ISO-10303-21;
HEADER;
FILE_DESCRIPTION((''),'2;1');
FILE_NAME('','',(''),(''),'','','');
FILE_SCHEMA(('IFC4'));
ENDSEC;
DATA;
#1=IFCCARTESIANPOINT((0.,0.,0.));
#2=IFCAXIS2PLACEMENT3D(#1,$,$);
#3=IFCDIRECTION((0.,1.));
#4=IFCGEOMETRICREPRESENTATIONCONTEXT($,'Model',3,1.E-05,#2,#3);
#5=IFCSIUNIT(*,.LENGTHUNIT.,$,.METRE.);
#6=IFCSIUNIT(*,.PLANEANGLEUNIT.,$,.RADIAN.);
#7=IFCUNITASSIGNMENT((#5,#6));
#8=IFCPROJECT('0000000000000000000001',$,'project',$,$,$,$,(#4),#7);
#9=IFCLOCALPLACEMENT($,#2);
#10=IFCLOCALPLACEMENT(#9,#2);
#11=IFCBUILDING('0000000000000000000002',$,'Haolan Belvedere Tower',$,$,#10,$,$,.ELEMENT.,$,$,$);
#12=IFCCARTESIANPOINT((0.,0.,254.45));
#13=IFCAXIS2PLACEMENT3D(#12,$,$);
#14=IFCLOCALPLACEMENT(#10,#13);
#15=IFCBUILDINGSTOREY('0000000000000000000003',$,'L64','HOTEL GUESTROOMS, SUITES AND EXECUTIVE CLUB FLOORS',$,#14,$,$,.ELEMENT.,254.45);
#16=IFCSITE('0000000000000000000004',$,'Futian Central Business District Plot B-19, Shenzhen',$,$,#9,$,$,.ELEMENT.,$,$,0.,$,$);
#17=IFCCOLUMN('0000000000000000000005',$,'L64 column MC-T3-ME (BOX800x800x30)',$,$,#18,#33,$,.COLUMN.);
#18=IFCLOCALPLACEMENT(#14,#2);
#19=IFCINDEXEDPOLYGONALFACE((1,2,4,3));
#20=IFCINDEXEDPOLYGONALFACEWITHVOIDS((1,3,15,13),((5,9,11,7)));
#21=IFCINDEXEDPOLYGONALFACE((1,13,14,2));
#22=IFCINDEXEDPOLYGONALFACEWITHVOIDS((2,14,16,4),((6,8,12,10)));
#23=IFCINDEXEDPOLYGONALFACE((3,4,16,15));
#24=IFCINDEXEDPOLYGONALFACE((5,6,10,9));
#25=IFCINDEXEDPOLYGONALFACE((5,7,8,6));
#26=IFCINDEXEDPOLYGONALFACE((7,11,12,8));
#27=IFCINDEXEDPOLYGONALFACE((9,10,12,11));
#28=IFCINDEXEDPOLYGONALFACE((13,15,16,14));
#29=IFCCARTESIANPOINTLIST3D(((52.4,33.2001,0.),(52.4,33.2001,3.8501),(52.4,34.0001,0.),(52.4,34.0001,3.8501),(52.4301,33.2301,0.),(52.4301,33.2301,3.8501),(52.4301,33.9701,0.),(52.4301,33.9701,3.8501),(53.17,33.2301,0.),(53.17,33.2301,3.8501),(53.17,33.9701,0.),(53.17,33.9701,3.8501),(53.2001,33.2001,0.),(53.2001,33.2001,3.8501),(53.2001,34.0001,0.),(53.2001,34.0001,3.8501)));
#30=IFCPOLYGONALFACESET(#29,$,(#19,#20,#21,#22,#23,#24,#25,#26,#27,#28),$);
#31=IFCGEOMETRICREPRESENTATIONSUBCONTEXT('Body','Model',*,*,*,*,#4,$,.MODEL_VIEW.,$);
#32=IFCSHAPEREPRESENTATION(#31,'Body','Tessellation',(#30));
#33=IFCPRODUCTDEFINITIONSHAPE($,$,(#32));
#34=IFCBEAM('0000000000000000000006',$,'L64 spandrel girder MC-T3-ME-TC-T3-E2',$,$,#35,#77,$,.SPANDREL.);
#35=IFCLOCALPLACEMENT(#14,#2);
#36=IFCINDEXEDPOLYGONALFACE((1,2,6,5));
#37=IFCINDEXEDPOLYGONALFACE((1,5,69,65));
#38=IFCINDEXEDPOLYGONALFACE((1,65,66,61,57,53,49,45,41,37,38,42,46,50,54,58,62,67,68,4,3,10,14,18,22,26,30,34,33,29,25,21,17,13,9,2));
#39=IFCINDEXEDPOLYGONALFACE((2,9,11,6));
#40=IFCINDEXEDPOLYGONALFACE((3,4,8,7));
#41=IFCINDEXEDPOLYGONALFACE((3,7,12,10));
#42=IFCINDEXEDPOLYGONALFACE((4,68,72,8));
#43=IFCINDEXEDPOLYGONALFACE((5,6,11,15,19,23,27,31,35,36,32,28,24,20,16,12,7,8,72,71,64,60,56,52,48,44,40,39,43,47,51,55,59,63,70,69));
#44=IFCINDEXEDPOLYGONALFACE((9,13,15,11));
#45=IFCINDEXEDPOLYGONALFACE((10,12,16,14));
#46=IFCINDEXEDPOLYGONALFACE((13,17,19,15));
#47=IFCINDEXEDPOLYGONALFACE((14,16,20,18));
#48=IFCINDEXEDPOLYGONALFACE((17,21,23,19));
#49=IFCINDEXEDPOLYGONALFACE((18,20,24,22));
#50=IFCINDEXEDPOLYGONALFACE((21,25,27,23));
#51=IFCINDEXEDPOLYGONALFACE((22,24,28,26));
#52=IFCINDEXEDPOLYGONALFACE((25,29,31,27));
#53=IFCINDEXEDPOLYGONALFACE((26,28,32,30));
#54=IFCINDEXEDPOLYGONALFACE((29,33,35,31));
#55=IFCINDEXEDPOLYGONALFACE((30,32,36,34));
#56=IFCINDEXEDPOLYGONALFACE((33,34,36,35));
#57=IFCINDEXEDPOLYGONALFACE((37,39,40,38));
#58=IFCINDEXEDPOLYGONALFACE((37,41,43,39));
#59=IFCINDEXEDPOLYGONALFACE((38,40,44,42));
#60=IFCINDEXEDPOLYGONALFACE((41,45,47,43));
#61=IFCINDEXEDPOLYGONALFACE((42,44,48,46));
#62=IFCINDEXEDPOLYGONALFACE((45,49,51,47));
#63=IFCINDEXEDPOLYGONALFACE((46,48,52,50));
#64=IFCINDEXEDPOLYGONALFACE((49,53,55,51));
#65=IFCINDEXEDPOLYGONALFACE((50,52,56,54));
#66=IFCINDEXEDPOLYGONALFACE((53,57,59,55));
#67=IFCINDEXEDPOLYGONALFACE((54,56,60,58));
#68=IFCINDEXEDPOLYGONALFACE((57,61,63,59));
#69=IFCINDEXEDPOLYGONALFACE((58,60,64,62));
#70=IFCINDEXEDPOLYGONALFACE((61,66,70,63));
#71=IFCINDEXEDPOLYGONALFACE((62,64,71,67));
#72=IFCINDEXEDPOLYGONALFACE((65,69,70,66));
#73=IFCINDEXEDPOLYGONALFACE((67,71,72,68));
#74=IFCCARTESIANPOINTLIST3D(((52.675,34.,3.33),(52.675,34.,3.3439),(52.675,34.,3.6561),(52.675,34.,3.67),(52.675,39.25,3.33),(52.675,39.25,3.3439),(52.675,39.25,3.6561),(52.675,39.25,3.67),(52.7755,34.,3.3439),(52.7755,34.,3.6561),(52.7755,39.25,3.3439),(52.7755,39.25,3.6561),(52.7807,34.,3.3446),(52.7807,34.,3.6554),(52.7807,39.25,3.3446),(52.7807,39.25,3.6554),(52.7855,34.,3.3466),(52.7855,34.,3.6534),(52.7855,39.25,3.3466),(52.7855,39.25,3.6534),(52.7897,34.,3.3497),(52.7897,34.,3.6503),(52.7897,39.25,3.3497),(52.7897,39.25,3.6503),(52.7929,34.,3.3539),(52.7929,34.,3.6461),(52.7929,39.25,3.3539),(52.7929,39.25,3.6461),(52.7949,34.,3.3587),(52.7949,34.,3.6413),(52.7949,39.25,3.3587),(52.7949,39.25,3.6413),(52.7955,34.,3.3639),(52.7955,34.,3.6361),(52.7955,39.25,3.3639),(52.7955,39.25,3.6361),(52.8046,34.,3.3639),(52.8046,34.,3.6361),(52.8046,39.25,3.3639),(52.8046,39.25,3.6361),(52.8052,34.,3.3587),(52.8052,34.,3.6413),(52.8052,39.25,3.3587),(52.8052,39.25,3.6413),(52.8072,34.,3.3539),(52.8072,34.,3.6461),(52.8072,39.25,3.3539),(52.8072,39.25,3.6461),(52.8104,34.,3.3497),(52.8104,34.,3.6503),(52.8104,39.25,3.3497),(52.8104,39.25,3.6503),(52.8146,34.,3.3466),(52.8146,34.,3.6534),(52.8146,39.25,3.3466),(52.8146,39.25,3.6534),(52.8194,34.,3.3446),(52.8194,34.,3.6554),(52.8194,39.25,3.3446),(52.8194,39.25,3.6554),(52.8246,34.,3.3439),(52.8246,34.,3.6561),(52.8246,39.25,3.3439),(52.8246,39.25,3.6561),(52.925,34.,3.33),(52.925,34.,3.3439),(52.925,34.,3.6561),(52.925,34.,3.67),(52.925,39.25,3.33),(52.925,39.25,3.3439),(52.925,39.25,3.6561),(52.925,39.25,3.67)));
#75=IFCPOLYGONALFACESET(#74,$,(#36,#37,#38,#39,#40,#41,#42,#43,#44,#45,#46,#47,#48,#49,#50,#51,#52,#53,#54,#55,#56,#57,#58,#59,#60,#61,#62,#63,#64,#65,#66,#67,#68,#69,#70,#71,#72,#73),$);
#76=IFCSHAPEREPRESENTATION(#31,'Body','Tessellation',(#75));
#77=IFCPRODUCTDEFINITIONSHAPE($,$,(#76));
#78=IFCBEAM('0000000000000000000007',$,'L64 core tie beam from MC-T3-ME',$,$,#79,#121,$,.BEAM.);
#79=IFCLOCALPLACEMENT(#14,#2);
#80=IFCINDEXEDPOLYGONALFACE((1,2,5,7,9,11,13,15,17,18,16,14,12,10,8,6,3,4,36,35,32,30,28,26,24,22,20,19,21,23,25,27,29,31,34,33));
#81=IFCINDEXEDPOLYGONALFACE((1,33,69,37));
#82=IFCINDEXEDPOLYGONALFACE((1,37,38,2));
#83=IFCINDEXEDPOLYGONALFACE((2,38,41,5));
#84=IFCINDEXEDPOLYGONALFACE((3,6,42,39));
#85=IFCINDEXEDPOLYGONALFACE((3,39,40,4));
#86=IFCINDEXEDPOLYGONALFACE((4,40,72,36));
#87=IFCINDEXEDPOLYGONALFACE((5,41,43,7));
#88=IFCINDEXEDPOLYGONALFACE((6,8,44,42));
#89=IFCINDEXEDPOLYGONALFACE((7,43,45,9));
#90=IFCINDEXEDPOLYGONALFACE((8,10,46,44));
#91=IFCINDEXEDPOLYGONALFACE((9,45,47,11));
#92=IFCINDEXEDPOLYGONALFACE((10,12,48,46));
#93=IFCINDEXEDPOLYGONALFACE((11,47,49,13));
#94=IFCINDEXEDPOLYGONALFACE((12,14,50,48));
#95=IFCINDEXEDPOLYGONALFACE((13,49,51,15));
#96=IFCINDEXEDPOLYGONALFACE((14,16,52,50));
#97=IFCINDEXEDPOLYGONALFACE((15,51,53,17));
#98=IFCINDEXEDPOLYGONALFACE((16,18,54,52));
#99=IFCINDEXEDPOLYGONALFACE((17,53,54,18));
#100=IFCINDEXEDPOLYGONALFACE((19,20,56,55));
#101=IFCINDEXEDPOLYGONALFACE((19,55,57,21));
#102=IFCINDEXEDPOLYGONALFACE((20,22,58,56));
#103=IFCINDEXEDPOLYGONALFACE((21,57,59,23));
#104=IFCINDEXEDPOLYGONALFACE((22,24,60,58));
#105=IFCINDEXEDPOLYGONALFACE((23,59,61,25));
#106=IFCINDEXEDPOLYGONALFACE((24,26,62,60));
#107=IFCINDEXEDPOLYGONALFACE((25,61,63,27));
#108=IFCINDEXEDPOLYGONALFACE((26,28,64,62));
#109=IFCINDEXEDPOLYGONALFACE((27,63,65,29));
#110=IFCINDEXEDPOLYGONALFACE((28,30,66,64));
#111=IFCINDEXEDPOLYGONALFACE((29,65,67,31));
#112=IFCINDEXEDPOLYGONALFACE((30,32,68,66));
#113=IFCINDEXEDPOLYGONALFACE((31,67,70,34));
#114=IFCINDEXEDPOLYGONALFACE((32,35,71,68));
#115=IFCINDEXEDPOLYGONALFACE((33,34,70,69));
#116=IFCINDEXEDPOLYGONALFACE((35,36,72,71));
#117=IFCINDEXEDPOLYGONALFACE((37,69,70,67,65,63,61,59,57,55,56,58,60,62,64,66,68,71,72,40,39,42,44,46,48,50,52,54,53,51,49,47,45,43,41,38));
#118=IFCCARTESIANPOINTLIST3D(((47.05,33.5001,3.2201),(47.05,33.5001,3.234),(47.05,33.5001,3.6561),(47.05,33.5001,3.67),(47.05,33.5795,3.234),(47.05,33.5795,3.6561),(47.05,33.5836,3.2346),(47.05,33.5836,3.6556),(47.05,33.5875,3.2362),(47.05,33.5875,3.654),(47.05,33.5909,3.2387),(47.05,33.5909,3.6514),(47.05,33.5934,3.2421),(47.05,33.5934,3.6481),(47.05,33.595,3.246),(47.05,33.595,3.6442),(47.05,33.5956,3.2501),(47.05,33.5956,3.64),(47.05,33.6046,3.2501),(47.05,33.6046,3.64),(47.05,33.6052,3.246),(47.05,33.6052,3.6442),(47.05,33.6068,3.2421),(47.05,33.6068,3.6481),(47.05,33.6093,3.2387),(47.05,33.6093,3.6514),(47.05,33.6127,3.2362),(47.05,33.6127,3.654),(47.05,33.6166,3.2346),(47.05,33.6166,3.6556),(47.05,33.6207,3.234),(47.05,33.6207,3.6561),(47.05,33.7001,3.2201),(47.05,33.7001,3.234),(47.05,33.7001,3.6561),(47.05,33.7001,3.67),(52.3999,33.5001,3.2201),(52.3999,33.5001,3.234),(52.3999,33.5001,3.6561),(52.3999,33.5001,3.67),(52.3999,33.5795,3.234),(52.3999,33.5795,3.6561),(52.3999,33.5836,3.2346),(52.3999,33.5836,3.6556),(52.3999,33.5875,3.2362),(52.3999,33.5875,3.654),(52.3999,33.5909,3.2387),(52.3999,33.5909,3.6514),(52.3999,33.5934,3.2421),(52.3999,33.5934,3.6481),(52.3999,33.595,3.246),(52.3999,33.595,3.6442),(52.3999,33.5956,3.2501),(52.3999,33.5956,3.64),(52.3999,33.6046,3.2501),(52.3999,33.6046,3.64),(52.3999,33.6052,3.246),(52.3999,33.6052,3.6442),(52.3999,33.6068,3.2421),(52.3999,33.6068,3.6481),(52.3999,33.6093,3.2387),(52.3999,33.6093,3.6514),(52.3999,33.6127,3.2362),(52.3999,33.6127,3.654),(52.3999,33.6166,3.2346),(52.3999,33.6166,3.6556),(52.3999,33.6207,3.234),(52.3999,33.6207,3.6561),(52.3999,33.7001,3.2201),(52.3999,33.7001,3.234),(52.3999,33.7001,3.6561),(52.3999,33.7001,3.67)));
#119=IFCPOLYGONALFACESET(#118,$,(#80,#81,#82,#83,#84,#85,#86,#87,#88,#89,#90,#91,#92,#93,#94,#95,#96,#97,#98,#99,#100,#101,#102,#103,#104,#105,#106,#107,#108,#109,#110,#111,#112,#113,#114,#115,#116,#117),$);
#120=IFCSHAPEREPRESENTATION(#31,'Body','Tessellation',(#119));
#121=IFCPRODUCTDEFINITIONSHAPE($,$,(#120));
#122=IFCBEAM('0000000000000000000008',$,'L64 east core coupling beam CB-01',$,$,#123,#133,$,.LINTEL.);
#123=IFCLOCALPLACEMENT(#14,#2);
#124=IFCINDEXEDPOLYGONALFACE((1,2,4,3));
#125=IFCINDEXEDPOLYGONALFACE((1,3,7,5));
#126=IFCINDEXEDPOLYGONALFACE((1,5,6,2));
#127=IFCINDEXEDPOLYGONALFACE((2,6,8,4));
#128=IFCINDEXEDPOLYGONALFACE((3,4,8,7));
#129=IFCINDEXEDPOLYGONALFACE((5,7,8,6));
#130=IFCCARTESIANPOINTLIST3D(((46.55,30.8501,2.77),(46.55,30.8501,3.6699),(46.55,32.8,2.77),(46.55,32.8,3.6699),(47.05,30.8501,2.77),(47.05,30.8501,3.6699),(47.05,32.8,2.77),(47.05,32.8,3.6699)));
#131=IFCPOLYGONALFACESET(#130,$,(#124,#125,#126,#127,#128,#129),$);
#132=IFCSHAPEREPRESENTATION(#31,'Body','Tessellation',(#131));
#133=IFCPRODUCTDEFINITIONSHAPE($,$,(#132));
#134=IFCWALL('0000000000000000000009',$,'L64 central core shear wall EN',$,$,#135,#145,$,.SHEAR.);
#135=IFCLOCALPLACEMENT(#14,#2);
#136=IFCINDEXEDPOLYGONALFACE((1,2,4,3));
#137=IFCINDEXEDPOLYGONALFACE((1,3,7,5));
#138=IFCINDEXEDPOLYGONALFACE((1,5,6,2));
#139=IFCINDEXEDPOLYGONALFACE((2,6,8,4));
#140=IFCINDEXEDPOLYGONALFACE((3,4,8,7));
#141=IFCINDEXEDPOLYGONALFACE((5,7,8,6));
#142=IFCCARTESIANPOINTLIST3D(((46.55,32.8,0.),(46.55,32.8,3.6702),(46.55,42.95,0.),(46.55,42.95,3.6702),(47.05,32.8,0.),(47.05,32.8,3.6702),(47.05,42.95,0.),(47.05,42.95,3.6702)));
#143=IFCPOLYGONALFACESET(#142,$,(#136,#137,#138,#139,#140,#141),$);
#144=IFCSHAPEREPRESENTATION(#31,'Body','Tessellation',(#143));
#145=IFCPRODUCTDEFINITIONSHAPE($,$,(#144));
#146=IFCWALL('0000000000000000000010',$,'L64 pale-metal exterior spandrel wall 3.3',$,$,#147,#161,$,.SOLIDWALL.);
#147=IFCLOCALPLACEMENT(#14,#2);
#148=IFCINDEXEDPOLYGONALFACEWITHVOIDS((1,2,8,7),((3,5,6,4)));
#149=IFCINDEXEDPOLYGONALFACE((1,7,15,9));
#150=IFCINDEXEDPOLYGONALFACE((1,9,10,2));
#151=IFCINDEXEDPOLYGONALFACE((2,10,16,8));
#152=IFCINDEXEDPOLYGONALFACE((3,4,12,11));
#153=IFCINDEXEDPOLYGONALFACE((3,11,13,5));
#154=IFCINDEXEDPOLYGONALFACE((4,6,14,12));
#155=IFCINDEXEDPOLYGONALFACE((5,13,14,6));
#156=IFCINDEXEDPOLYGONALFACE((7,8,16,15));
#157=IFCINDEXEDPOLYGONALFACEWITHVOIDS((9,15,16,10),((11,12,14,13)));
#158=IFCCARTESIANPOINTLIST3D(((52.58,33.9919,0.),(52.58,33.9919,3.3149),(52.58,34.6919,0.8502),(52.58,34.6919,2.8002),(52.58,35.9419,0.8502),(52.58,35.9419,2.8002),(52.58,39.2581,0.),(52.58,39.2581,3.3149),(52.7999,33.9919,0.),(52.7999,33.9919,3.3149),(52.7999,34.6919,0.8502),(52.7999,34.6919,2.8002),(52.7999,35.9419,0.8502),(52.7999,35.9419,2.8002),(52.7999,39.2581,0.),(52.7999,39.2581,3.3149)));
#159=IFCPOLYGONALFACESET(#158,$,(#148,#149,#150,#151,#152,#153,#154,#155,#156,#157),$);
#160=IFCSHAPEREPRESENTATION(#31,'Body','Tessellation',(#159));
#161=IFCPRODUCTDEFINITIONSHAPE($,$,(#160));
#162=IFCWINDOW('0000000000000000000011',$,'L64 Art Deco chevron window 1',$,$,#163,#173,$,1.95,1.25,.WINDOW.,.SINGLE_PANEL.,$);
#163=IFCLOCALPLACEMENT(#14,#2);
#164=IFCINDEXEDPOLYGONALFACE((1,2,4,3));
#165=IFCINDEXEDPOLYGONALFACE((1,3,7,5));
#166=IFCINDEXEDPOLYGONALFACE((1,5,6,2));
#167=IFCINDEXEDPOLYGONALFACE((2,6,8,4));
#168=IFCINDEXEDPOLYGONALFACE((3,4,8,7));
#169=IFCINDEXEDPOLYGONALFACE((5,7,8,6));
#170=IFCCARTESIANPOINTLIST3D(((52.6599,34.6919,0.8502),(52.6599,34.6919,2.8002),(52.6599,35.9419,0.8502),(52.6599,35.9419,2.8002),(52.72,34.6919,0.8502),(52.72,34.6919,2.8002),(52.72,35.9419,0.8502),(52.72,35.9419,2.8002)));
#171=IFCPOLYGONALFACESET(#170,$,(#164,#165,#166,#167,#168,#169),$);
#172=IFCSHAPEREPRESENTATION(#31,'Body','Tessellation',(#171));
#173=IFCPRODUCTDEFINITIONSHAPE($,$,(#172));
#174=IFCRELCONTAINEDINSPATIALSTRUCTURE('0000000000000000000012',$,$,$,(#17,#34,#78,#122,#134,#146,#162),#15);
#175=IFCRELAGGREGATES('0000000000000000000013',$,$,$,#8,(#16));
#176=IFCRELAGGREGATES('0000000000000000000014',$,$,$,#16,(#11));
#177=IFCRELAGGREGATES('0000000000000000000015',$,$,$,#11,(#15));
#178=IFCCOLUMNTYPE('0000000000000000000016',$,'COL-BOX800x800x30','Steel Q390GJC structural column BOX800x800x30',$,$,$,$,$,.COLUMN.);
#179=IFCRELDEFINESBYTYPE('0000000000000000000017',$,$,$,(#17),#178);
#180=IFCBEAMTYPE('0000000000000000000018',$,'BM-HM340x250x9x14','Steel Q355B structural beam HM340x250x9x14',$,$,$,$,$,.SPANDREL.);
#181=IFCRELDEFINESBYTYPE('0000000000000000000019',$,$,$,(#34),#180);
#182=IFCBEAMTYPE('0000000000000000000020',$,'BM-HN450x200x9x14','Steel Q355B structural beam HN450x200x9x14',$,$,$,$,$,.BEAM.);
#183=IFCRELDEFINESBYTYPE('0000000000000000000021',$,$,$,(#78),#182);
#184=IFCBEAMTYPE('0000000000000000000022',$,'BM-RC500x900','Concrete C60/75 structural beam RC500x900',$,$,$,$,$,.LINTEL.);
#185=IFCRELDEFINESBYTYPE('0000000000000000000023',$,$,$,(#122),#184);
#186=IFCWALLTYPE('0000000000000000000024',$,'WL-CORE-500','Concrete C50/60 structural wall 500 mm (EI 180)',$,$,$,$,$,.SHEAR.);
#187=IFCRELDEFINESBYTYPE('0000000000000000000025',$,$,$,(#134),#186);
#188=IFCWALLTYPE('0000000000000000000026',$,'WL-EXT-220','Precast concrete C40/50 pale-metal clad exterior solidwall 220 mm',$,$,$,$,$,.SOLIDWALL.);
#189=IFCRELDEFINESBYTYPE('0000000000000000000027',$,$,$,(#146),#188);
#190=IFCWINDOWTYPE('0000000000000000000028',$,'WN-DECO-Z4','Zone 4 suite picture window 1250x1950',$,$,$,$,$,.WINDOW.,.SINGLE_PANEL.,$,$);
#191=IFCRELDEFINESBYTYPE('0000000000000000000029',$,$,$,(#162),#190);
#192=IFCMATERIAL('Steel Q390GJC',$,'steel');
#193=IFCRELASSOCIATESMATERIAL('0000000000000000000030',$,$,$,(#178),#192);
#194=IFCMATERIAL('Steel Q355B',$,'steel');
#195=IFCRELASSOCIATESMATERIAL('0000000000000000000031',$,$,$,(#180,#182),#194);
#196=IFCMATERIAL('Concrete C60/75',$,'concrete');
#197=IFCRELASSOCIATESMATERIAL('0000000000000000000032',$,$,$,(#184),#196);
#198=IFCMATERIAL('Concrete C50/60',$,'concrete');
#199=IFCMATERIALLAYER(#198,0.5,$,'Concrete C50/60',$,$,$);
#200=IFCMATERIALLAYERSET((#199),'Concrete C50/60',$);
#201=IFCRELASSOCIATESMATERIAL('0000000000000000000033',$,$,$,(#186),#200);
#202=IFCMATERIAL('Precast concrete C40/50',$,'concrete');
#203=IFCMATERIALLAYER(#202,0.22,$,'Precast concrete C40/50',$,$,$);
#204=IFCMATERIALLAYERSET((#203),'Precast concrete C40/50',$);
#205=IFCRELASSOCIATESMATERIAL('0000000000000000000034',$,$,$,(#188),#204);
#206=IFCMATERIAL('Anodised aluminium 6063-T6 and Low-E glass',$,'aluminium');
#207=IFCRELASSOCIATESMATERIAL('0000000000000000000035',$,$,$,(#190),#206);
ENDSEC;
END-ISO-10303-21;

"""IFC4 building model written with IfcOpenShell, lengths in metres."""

from ifc_helpers import new_model, si_unit, direction, frame, frame_2d, origin, origin_2d, place, context, subcontext, project, spatial, rectangle, hollow_rectangle, i_section, extrude, material, layer, layer_set, material_profile, profile_set, type_object, element, fill, save


model = new_model("IFC4")

# Units and contexts
model_context = context("Model", 3, precision=1e-05, world=origin(), true_north=direction((0.0, 1.0)))
body_context = subcontext(model_context, "Body", "Model", "MODEL_VIEW")
ifc_project = project(units=[si_unit("LENGTHUNIT", "METRE"), si_unit("PLANEANGLEUNIT", "RADIAN")], contexts=[model_context])

# Site, building, storey
site_placement = place(None, origin())
site = spatial("IfcSite", under=ifc_project, at=site_placement, Name="Futian Central Business District Plot B-19, Shenzhen", CompositionType="ELEMENT", RefElevation=0.0)
building_placement = place(site_placement, origin())
building = spatial("IfcBuilding", under=site, at=building_placement, Name="Haolan Belvedere Tower", CompositionType="ELEMENT")
storey_placement = place(building_placement, frame((0.0, 0.0, 254.45)))
storey = spatial("IfcBuildingStorey", under=building, at=storey_placement, Name="L64", Description="HOTEL GUESTROOMS, SUITES AND EXECUTIVE CLUB FLOORS", CompositionType="ELEMENT", Elevation=254.45)

# Column
ifc_material_1 = material(Name="Steel Q390GJC", Category="steel")
ifc_material_profile_1 = material_profile(ifc_material_1, hollow_rectangle(XDim=0.8, YDim=0.8, WallThickness=0.03, at=origin_2d()), Name="Steel Q390GJC")
ifc_profile_set_1 = profile_set([ifc_material_profile_1], Name="Steel Q390GJC")
column_type = type_object("IfcColumnType", Name="COL-BOX800x800x30", Description="Steel Q390GJC structural column BOX800x800x30", PredefinedType="COLUMN", material=ifc_profile_set_1)
column_placement = place(storey_placement, frame((52.8, 33.6001, 0.0), z_axis=(0.0, 0.0, 1.0), x_axis=(1.0, 0.0, 0.0)))
element("IfcColumn", 1, at=column_placement, inside=storey, type_object=column_type, Name="L64 column MC-T3-ME (BOX800x800x30)", PredefinedType="COLUMN", context=body_context, shape_type="SweptSolid", body=[
    extrude(hollow_rectangle(XDim=0.8, YDim=0.8, WallThickness=0.03, at=origin_2d()), origin(), (0.0, 0.0, 1.0), 3.8501),
])

# Beams
ifc_material_2 = material(Name="Steel Q355B", Category="steel")
ifc_material_profile_2 = material_profile(ifc_material_2, i_section(OverallWidth=0.25, OverallDepth=0.3401, WebThickness=0.009, FlangeThickness=0.0139, FilletRadius=0.02, at=origin_2d()), Name="Steel Q355B")
ifc_profile_set_2 = profile_set([ifc_material_profile_2], Name="Steel Q355B")
beam_type_1 = type_object("IfcBeamType", Name="BM-HM340x250x9x14", Description="Steel Q355B structural beam HM340x250x9x14", PredefinedType="SPANDREL", material=ifc_profile_set_2)
beam_1_placement = place(storey_placement, frame((52.8, 34.0, 3.5), z_axis=(0.0, 1.0, 0.0), x_axis=(-1.0, 0.0, 0.0)))
element("IfcBeam", 2, at=beam_1_placement, inside=storey, type_object=beam_type_1, Name="L64 spandrel girder MC-T3-ME-TC-T3-E2", PredefinedType="SPANDREL", context=body_context, shape_type="SweptSolid", body=[
    extrude(i_section(OverallWidth=0.25, OverallDepth=0.3401, WebThickness=0.009, FlangeThickness=0.0139, FilletRadius=0.02, at=origin_2d()), origin(), (0.0, 0.0, 1.0), 5.25),
])
ifc_material_profile_3 = material_profile(ifc_material_2, i_section(OverallWidth=0.2, OverallDepth=0.45, WebThickness=0.009, FlangeThickness=0.0139, FilletRadius=0.0161, at=origin_2d()), Name="Steel Q355B")
ifc_profile_set_3 = profile_set([ifc_material_profile_3], Name="Steel Q355B")
beam_type_2 = type_object("IfcBeamType", Name="BM-HN450x200x9x14", Description="Steel Q355B structural beam HN450x200x9x14", PredefinedType="BEAM", material=ifc_profile_set_3)
beam_2_placement = place(storey_placement, frame((52.3999, 33.6001, 3.4451), z_axis=(-1.0, 0.0, 0.0), x_axis=(0.0, -1.0, 0.0)))
element("IfcBeam", 3, at=beam_2_placement, inside=storey, type_object=beam_type_2, Name="L64 core tie beam from MC-T3-ME", PredefinedType="BEAM", context=body_context, shape_type="SweptSolid", body=[
    extrude(i_section(OverallWidth=0.2, OverallDepth=0.45, WebThickness=0.009, FlangeThickness=0.0139, FilletRadius=0.0161, at=origin_2d()), origin(), (0.0, 0.0, 1.0), 5.3499),
])
ifc_material_3 = material(Name="Concrete C60/75", Category="concrete")
ifc_material_profile_4 = material_profile(ifc_material_3, rectangle(XDim=0.5, YDim=0.8999, at=origin_2d()), Name="Concrete C60/75")
ifc_profile_set_4 = profile_set([ifc_material_profile_4], Name="Concrete C60/75")
beam_type_3 = type_object("IfcBeamType", Name="BM-RC500x900", Description="Concrete C60/75 structural beam RC500x900", PredefinedType="LINTEL", material=ifc_profile_set_4)
beam_3_placement = place(storey_placement, frame((46.8, 30.8501, 3.22), z_axis=(0.0, 1.0, 0.0), x_axis=(-1.0, 0.0, 0.0)))
element("IfcBeam", 4, at=beam_3_placement, inside=storey, type_object=beam_type_3, Name="L64 east core coupling beam CB-01", PredefinedType="LINTEL", context=body_context, shape_type="SweptSolid", body=[
    extrude(rectangle(XDim=0.5, YDim=0.8999, at=origin_2d()), origin(), (0.0, 0.0, 1.0), 1.95),
])

# Wall
ifc_material_4 = material(Name="Concrete C50/60", Category="concrete")
ifc_layer_1 = layer(ifc_material_4, 0.5, Name="Concrete C50/60")
ifc_layer_set_1 = layer_set([ifc_layer_1], Name="Concrete C50/60")
wall_type_1 = type_object("IfcWallType", Name="WL-CORE-500", Description="Concrete C50/60 structural wall 500 mm (EI 180)", PredefinedType="SHEAR", material=ifc_layer_set_1)
wall_1_placement = place(storey_placement, frame((46.8, 32.8, 0.0), z_axis=(0.0, 0.0, 1.0), x_axis=(0.0, 1.0, 0.0)))
element("IfcWall", 5, at=wall_1_placement, inside=storey, type_object=wall_type_1, Name="L64 central core shear wall EN", PredefinedType="SHEAR", context=body_context, shape_type="SweptSolid", body=[
    extrude(rectangle(XDim=10.1499, YDim=0.5, at=frame_2d((5.075, 0.0))), origin(), (0.0, 0.0, 1.0), 3.6702),
])

# Wall, opening, window
ifc_material_5 = material(Name="Precast concrete C40/50", Category="concrete")
ifc_layer_2 = layer(ifc_material_5, 0.22, Name="Precast concrete C40/50")
ifc_layer_set_2 = layer_set([ifc_layer_2], Name="Precast concrete C40/50")
wall_type_2 = type_object("IfcWallType", Name="WL-EXT-220", Description="Precast concrete C40/50 pale-metal clad exterior solidwall 220 mm", PredefinedType="SOLIDWALL", material=ifc_layer_set_2)
wall_2_placement = place(storey_placement, frame((52.6899, 33.9919, 0.0), z_axis=(0.0, 0.0, 1.0), x_axis=(0.0, 1.0, 0.0)))
wall_2 = element("IfcWall", 6, at=wall_2_placement, inside=storey, type_object=wall_type_2, Name="L64 pale-metal exterior spandrel wall 3.3", PredefinedType="SOLIDWALL", context=body_context, shape_type="SweptSolid", body=[
    extrude(rectangle(XDim=5.2661, YDim=0.22, at=frame_2d((2.6331, 0.0))), origin(), (0.0, 0.0, 1.0), 3.3149),
])
opening_1_placement = place(wall_2_placement, frame((0.7, 0.0, 0.8501)))
opening_1 = element("IfcOpeningElement", 7, at=opening_1_placement, cuts=wall_2, PredefinedType="OPENING", context=body_context, shape_type="SweptSolid", body=[
    extrude(rectangle(XDim=1.25, YDim=1.95, at=frame_2d((0.625, 0.9751))), frame((0.0, 0.1199, 0.0), z_axis=(0.0, -1.0, 0.0), x_axis=(1.0, 0.0, 0.0)), (0.0, 0.0, 1.0), 0.24),
])
ifc_material_6 = material(Name="Anodised aluminium 6063-T6 and Low-E glass", Category="aluminium")
window_type = type_object("IfcWindowType", Name="WN-DECO-Z4", Description="Zone 4 suite picture window 1250x1950", PartitioningType="SINGLE_PANEL", PredefinedType="WINDOW", material=ifc_material_6)
window_placement = place(opening_1_placement, origin())
window = element("IfcWindow", 8, at=window_placement, inside=storey, type_object=window_type, Name="L64 Art Deco chevron window 1", OverallHeight=1.95, OverallWidth=1.25, PartitioningType="SINGLE_PANEL", PredefinedType="WINDOW", context=body_context, shape_type="SweptSolid", body=[
    extrude(rectangle(XDim=1.25, YDim=1.95, at=frame_2d((0.625, 0.9751))), frame((0.0, 0.03, 0.0), z_axis=(0.0, -1.0, 0.0), x_axis=(1.0, 0.0, 0.0)), (0.0, 0.0, 1.0), 0.0601),
])
fill(opening_1, window)

save(model, "model.ifc")
